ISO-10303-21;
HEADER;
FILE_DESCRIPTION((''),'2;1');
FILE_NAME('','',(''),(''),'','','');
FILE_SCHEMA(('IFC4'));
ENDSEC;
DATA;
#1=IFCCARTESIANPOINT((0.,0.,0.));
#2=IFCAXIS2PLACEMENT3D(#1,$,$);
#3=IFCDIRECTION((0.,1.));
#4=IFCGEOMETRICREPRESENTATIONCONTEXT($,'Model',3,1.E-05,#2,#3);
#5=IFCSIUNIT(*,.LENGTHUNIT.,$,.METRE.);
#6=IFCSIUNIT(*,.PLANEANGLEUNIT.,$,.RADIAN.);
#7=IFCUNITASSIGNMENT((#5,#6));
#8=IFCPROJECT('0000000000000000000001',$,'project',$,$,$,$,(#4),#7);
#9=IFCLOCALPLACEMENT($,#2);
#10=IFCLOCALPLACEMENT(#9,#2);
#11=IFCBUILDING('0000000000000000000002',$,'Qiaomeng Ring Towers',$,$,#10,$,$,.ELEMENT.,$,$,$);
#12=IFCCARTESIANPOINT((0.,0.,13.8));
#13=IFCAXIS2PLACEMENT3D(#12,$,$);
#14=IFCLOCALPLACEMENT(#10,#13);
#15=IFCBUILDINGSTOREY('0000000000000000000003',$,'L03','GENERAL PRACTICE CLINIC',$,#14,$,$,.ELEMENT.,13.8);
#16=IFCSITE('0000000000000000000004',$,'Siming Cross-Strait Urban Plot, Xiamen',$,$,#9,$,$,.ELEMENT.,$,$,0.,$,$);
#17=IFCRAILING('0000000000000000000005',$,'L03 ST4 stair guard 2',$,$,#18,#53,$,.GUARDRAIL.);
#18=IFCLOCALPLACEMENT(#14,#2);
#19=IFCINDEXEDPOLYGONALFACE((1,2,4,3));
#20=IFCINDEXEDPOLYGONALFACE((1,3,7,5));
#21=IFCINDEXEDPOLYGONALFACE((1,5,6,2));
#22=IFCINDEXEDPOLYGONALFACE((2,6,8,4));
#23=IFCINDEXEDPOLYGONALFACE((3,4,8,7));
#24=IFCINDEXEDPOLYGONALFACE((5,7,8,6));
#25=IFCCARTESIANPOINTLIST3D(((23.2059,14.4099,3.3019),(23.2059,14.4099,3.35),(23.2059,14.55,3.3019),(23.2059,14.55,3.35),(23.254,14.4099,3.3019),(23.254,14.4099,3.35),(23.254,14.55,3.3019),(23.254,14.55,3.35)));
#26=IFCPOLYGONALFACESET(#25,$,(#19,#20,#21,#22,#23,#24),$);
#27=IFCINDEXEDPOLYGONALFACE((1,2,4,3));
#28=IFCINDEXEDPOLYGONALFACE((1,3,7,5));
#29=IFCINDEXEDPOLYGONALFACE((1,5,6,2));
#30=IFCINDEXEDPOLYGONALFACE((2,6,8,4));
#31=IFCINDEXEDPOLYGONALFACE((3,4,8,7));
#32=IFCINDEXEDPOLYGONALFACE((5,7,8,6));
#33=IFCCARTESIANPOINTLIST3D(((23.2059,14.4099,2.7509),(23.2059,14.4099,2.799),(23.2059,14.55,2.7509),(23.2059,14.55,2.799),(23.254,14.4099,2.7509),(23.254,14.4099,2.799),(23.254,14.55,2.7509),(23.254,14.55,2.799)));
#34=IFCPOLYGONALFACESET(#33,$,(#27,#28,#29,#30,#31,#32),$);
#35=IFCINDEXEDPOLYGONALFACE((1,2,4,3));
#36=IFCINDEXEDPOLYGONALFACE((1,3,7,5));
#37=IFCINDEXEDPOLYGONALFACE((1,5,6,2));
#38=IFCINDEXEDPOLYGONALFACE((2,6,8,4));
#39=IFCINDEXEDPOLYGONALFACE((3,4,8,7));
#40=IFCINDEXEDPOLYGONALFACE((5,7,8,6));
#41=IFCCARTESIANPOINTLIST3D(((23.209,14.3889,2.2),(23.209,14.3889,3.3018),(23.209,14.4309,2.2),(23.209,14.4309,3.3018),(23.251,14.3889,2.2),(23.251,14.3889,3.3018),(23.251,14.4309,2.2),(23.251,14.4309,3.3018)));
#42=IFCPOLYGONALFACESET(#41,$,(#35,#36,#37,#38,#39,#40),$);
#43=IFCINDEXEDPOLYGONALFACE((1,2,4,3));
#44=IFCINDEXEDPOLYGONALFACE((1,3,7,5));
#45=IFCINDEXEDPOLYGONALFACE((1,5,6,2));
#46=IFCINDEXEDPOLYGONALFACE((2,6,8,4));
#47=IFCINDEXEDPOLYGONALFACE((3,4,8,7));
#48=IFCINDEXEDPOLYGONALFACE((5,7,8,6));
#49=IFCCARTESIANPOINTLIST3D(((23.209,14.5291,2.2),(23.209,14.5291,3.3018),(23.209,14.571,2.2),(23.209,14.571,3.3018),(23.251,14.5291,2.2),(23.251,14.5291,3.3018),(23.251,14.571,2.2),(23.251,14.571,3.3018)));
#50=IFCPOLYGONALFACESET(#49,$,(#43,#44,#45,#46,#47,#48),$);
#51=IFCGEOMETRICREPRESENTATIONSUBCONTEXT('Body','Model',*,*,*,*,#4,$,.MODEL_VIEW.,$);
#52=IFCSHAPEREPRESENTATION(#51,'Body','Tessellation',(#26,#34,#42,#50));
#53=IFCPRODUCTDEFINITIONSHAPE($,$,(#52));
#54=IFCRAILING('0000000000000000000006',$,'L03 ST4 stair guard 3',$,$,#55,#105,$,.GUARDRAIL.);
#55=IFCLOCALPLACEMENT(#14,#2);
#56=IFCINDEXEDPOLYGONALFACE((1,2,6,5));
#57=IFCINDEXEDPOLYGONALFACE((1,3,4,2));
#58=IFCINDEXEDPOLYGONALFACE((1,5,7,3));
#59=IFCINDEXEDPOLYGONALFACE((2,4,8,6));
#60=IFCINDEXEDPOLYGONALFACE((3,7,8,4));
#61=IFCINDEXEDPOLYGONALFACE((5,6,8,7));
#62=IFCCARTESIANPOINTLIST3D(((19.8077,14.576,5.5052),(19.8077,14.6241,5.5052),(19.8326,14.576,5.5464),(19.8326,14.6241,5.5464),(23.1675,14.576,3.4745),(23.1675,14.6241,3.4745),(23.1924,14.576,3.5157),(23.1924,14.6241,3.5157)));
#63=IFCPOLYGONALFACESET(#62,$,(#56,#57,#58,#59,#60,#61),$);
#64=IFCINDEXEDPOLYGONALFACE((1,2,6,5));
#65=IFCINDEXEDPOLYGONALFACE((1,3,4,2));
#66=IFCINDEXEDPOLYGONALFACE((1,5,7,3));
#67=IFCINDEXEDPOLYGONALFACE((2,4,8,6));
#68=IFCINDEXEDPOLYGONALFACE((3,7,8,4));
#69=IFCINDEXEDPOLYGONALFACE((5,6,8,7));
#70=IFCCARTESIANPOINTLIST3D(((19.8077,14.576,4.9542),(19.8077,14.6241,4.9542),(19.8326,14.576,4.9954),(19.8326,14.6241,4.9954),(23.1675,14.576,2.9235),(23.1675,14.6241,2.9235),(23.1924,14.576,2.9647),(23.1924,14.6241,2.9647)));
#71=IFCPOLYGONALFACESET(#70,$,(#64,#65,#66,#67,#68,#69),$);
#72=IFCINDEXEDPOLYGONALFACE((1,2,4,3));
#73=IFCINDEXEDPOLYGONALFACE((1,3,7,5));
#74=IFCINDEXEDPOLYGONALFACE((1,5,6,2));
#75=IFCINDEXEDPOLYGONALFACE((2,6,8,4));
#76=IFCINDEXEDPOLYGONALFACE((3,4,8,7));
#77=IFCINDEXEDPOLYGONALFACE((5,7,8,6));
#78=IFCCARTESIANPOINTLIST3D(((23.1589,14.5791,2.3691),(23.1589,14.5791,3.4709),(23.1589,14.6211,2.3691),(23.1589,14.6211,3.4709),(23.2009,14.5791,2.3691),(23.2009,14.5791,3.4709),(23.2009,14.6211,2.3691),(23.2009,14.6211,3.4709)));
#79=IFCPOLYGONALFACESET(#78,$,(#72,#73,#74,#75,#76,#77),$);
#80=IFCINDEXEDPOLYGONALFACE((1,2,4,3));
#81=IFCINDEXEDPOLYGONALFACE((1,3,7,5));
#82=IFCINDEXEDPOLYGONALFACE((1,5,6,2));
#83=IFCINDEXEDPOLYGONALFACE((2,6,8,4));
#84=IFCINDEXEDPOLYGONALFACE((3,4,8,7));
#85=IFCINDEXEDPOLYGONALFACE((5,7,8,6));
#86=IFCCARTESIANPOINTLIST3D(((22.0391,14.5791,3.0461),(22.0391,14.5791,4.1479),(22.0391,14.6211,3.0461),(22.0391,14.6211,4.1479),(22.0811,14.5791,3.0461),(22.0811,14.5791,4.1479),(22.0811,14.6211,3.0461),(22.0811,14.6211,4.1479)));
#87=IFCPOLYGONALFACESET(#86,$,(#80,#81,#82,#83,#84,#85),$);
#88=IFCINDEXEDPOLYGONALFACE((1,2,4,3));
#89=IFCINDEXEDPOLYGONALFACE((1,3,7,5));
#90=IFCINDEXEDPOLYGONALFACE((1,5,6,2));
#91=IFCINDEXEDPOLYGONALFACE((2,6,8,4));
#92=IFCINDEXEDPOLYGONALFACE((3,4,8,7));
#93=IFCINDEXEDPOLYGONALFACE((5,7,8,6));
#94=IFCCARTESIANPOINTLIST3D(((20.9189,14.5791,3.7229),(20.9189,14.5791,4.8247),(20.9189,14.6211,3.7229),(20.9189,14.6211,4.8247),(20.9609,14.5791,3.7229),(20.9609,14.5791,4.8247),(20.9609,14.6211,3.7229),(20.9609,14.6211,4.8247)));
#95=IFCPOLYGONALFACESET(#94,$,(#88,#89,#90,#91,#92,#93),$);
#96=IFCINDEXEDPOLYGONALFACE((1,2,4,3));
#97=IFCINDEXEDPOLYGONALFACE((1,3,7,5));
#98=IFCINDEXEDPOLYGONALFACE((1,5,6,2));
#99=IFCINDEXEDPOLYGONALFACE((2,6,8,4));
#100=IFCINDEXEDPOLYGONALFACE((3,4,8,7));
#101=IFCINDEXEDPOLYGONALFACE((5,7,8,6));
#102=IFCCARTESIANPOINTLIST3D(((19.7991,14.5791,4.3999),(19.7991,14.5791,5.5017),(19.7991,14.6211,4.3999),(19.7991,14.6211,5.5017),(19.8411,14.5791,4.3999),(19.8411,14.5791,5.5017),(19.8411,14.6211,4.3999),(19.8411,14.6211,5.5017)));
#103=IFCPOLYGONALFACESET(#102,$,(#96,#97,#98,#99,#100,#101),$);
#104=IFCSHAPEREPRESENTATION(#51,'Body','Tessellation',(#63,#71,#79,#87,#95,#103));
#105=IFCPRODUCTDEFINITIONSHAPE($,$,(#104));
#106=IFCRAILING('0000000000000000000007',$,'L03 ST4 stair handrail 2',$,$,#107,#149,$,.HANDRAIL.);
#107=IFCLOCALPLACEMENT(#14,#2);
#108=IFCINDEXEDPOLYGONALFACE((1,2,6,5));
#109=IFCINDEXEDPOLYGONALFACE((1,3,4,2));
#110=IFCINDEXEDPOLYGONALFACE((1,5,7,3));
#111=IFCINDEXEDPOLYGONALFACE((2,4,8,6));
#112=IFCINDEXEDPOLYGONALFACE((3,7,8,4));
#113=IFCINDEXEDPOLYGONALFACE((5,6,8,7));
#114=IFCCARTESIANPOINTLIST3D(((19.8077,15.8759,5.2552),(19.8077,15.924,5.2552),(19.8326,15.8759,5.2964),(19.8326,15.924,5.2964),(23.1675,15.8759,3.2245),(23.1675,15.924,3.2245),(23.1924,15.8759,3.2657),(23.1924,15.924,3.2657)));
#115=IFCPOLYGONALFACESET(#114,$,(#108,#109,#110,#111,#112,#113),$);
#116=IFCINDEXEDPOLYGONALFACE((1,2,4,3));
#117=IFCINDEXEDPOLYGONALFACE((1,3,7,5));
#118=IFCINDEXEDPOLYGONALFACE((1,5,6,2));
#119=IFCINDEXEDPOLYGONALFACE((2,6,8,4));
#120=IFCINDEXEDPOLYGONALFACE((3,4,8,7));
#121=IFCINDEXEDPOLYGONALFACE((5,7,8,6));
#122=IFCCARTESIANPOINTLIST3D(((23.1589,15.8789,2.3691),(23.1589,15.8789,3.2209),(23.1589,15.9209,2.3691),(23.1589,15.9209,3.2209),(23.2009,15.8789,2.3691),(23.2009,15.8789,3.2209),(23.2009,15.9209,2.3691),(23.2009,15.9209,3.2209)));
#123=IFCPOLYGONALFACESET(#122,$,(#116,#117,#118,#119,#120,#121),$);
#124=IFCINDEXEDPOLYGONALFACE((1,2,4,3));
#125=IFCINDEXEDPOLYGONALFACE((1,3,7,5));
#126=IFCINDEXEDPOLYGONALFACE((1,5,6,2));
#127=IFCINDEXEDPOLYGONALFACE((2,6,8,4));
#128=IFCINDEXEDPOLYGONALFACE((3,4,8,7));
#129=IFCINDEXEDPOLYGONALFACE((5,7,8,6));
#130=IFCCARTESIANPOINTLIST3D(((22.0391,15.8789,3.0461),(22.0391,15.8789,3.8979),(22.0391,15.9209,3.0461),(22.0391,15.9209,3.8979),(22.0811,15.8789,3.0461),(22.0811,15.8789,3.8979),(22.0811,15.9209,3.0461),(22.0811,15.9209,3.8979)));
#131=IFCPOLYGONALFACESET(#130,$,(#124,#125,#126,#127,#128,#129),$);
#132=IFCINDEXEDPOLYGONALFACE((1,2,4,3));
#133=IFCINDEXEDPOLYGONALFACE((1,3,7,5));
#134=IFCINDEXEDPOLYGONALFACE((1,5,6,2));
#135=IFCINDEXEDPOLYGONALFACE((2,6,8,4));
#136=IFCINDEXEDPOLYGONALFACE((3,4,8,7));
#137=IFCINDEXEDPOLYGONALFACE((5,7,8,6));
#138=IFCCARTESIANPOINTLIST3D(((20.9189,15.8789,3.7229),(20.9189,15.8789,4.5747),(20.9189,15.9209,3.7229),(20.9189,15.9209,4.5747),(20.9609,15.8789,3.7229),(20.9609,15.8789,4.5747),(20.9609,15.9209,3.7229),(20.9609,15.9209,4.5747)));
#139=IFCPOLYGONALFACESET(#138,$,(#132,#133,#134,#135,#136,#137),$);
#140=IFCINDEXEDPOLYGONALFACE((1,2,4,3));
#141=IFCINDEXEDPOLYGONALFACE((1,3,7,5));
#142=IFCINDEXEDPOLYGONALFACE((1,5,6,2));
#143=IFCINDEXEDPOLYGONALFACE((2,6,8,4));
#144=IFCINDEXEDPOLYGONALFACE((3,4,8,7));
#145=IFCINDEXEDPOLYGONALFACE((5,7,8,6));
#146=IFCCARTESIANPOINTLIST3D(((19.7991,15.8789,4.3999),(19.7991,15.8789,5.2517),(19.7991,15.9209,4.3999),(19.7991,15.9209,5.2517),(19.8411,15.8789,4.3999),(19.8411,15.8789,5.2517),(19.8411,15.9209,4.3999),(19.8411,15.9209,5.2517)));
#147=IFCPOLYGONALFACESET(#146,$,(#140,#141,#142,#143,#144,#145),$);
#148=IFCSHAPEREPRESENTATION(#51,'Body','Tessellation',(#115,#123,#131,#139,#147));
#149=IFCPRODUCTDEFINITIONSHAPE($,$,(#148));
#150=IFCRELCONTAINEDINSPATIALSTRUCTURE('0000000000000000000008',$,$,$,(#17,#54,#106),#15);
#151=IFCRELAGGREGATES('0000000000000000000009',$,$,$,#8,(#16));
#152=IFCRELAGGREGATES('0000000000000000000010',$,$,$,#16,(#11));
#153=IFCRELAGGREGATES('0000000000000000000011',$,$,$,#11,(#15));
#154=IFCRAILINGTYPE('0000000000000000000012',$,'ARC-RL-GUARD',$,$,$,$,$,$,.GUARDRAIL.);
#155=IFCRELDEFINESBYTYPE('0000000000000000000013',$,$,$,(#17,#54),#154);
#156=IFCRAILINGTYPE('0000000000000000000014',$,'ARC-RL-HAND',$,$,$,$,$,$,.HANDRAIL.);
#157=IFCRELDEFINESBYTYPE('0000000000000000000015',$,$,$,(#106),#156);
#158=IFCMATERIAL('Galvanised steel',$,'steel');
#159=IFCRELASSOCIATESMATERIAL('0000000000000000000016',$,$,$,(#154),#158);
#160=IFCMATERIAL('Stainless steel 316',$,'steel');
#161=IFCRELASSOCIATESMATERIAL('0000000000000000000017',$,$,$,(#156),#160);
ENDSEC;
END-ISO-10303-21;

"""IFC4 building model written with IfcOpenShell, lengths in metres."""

from ifc_helpers import new_model, si_unit, direction, frame, origin, origin_2d, place, context, subcontext, project, spatial, rectangle, extrude, material, type_object, element, save


model = new_model("IFC4")

# Units and contexts
model_context = context("Model", 3, precision=1e-05, world=origin(), true_north=direction((0.0, 1.0)))
body_context = subcontext(model_context, "Body", "Model", "MODEL_VIEW")
ifc_project = project(units=[si_unit("LENGTHUNIT", "METRE"), si_unit("PLANEANGLEUNIT", "RADIAN")], contexts=[model_context])

# Site, building, storey
site_placement = place(None, origin())
site = spatial("IfcSite", under=ifc_project, at=site_placement, Name="Siming Cross-Strait Urban Plot, Xiamen", CompositionType="ELEMENT", RefElevation=0.0)
building_placement = place(site_placement, origin())
building = spatial("IfcBuilding", under=site, at=building_placement, Name="Qiaomeng Ring Towers", CompositionType="ELEMENT")
storey_placement = place(building_placement, frame((0.0, 0.0, 13.8)))
storey = spatial("IfcBuildingStorey", under=building, at=storey_placement, Name="L03", Description="GENERAL PRACTICE CLINIC", CompositionType="ELEMENT", Elevation=13.8)

# Shared definitions
ifc_material_1 = material(Name="Galvanised steel", Category="steel")

# Shared definitions
ifc_material_2 = material(Name="Stainless steel 316", Category="steel")

# Railings
railing_type_1 = type_object("IfcRailingType", Name="ARC-RL-GUARD", PredefinedType="GUARDRAIL", material=ifc_material_1)
railing_1_placement = place(storey_placement, frame((23.23, 14.4099, 2.2)))
element("IfcRailing", 1, at=railing_1_placement, inside=storey, type_object=railing_type_1, Name="L03 ST4 stair guard 2", PredefinedType="GUARDRAIL", context=body_context, shape_type="SweptSolid", body=[
    extrude(rectangle(XDim=0.0481, YDim=0.0481, at=origin_2d()), frame((0.0, 0.0, 1.126), z_axis=(0.0, 1.0, 0.0), x_axis=(-1.0, 0.0, 0.0)), (0.0, 0.0, 1.0), 0.1401),
    extrude(rectangle(XDim=0.0481, YDim=0.0481, at=origin_2d()), frame((0.0, 0.0, 0.575), z_axis=(0.0, 1.0, 0.0), x_axis=(-1.0, 0.0, 0.0)), (0.0, 0.0, 1.0), 0.1401),
    extrude(rectangle(XDim=0.042, YDim=0.042, at=origin_2d()), origin(), (0.0, 0.0, 1.0), 1.1018),
    extrude(rectangle(XDim=0.042, YDim=0.042, at=origin_2d()), frame((0.0, 0.1401, 0.0)), (0.0, 0.0, 1.0), 1.1018),
])
railing_2_placement = place(storey_placement, frame((23.1799, 14.6001, 2.3691)))
element("IfcRailing", 2, at=railing_2_placement, inside=storey, type_object=railing_type_1, Name="L03 ST4 stair guard 3", PredefinedType="GUARDRAIL", context=body_context, shape_type="SweptSolid", body=[
    extrude(rectangle(XDim=0.0481, YDim=0.0481, at=origin_2d()), frame((0.0, 0.0, 1.126), z_axis=(-0.85582, 0.0, 0.517273), x_axis=(0.0, -1.0, 0.0)), (0.0, 0.0, 1.0), 3.9258),
    extrude(rectangle(XDim=0.0481, YDim=0.0481, at=origin_2d()), frame((0.0, 0.0, 0.575), z_axis=(-0.85582, 0.0, 0.517273), x_axis=(0.0, -1.0, 0.0)), (0.0, 0.0, 1.0), 3.9258),
    extrude(rectangle(XDim=0.042, YDim=0.042, at=origin_2d()), origin(), (0.0, 0.0, 1.0), 1.1018),
    extrude(rectangle(XDim=0.042, YDim=0.042, at=origin_2d()), frame((-1.1199, 0.0, 0.677)), (0.0, 0.0, 1.0), 1.1018),
    extrude(rectangle(XDim=0.042, YDim=0.042, at=origin_2d()), frame((-2.24, 0.0, 1.3538)), (0.0, 0.0, 1.0), 1.1018),
    extrude(rectangle(XDim=0.042, YDim=0.042, at=origin_2d()), frame((-3.3599, 0.0, 2.0308)), (0.0, 0.0, 1.0), 1.1018),
])
railing_type_2 = type_object("IfcRailingType", Name="ARC-RL-HAND", PredefinedType="HANDRAIL", material=ifc_material_2)
railing_3_placement = place(storey_placement, frame((23.1799, 15.8999, 2.3691)))
element("IfcRailing", 3, at=railing_3_placement, inside=storey, type_object=railing_type_2, Name="L03 ST4 stair handrail 2", PredefinedType="HANDRAIL", context=body_context, shape_type="SweptSolid", body=[
    extrude(rectangle(XDim=0.0481, YDim=0.0481, at=origin_2d()), frame((0.0, 0.0, 0.876), z_axis=(-0.85582, 0.0, 0.517273), x_axis=(0.0, -1.0, 0.0)), (0.0, 0.0, 1.0), 3.9258),
    extrude(rectangle(XDim=0.042, YDim=0.042, at=origin_2d()), origin(), (0.0, 0.0, 1.0), 0.8518),
    extrude(rectangle(XDim=0.042, YDim=0.042, at=origin_2d()), frame((-1.1199, 0.0, 0.677)), (0.0, 0.0, 1.0), 0.8518),
    extrude(rectangle(XDim=0.042, YDim=0.042, at=origin_2d()), frame((-2.24, 0.0, 1.3538)), (0.0, 0.0, 1.0), 0.8518),
    extrude(rectangle(XDim=0.042, YDim=0.042, at=origin_2d()), frame((-3.3599, 0.0, 2.0308)), (0.0, 0.0, 1.0), 0.8518),
])

save(model, "model.ifc")
